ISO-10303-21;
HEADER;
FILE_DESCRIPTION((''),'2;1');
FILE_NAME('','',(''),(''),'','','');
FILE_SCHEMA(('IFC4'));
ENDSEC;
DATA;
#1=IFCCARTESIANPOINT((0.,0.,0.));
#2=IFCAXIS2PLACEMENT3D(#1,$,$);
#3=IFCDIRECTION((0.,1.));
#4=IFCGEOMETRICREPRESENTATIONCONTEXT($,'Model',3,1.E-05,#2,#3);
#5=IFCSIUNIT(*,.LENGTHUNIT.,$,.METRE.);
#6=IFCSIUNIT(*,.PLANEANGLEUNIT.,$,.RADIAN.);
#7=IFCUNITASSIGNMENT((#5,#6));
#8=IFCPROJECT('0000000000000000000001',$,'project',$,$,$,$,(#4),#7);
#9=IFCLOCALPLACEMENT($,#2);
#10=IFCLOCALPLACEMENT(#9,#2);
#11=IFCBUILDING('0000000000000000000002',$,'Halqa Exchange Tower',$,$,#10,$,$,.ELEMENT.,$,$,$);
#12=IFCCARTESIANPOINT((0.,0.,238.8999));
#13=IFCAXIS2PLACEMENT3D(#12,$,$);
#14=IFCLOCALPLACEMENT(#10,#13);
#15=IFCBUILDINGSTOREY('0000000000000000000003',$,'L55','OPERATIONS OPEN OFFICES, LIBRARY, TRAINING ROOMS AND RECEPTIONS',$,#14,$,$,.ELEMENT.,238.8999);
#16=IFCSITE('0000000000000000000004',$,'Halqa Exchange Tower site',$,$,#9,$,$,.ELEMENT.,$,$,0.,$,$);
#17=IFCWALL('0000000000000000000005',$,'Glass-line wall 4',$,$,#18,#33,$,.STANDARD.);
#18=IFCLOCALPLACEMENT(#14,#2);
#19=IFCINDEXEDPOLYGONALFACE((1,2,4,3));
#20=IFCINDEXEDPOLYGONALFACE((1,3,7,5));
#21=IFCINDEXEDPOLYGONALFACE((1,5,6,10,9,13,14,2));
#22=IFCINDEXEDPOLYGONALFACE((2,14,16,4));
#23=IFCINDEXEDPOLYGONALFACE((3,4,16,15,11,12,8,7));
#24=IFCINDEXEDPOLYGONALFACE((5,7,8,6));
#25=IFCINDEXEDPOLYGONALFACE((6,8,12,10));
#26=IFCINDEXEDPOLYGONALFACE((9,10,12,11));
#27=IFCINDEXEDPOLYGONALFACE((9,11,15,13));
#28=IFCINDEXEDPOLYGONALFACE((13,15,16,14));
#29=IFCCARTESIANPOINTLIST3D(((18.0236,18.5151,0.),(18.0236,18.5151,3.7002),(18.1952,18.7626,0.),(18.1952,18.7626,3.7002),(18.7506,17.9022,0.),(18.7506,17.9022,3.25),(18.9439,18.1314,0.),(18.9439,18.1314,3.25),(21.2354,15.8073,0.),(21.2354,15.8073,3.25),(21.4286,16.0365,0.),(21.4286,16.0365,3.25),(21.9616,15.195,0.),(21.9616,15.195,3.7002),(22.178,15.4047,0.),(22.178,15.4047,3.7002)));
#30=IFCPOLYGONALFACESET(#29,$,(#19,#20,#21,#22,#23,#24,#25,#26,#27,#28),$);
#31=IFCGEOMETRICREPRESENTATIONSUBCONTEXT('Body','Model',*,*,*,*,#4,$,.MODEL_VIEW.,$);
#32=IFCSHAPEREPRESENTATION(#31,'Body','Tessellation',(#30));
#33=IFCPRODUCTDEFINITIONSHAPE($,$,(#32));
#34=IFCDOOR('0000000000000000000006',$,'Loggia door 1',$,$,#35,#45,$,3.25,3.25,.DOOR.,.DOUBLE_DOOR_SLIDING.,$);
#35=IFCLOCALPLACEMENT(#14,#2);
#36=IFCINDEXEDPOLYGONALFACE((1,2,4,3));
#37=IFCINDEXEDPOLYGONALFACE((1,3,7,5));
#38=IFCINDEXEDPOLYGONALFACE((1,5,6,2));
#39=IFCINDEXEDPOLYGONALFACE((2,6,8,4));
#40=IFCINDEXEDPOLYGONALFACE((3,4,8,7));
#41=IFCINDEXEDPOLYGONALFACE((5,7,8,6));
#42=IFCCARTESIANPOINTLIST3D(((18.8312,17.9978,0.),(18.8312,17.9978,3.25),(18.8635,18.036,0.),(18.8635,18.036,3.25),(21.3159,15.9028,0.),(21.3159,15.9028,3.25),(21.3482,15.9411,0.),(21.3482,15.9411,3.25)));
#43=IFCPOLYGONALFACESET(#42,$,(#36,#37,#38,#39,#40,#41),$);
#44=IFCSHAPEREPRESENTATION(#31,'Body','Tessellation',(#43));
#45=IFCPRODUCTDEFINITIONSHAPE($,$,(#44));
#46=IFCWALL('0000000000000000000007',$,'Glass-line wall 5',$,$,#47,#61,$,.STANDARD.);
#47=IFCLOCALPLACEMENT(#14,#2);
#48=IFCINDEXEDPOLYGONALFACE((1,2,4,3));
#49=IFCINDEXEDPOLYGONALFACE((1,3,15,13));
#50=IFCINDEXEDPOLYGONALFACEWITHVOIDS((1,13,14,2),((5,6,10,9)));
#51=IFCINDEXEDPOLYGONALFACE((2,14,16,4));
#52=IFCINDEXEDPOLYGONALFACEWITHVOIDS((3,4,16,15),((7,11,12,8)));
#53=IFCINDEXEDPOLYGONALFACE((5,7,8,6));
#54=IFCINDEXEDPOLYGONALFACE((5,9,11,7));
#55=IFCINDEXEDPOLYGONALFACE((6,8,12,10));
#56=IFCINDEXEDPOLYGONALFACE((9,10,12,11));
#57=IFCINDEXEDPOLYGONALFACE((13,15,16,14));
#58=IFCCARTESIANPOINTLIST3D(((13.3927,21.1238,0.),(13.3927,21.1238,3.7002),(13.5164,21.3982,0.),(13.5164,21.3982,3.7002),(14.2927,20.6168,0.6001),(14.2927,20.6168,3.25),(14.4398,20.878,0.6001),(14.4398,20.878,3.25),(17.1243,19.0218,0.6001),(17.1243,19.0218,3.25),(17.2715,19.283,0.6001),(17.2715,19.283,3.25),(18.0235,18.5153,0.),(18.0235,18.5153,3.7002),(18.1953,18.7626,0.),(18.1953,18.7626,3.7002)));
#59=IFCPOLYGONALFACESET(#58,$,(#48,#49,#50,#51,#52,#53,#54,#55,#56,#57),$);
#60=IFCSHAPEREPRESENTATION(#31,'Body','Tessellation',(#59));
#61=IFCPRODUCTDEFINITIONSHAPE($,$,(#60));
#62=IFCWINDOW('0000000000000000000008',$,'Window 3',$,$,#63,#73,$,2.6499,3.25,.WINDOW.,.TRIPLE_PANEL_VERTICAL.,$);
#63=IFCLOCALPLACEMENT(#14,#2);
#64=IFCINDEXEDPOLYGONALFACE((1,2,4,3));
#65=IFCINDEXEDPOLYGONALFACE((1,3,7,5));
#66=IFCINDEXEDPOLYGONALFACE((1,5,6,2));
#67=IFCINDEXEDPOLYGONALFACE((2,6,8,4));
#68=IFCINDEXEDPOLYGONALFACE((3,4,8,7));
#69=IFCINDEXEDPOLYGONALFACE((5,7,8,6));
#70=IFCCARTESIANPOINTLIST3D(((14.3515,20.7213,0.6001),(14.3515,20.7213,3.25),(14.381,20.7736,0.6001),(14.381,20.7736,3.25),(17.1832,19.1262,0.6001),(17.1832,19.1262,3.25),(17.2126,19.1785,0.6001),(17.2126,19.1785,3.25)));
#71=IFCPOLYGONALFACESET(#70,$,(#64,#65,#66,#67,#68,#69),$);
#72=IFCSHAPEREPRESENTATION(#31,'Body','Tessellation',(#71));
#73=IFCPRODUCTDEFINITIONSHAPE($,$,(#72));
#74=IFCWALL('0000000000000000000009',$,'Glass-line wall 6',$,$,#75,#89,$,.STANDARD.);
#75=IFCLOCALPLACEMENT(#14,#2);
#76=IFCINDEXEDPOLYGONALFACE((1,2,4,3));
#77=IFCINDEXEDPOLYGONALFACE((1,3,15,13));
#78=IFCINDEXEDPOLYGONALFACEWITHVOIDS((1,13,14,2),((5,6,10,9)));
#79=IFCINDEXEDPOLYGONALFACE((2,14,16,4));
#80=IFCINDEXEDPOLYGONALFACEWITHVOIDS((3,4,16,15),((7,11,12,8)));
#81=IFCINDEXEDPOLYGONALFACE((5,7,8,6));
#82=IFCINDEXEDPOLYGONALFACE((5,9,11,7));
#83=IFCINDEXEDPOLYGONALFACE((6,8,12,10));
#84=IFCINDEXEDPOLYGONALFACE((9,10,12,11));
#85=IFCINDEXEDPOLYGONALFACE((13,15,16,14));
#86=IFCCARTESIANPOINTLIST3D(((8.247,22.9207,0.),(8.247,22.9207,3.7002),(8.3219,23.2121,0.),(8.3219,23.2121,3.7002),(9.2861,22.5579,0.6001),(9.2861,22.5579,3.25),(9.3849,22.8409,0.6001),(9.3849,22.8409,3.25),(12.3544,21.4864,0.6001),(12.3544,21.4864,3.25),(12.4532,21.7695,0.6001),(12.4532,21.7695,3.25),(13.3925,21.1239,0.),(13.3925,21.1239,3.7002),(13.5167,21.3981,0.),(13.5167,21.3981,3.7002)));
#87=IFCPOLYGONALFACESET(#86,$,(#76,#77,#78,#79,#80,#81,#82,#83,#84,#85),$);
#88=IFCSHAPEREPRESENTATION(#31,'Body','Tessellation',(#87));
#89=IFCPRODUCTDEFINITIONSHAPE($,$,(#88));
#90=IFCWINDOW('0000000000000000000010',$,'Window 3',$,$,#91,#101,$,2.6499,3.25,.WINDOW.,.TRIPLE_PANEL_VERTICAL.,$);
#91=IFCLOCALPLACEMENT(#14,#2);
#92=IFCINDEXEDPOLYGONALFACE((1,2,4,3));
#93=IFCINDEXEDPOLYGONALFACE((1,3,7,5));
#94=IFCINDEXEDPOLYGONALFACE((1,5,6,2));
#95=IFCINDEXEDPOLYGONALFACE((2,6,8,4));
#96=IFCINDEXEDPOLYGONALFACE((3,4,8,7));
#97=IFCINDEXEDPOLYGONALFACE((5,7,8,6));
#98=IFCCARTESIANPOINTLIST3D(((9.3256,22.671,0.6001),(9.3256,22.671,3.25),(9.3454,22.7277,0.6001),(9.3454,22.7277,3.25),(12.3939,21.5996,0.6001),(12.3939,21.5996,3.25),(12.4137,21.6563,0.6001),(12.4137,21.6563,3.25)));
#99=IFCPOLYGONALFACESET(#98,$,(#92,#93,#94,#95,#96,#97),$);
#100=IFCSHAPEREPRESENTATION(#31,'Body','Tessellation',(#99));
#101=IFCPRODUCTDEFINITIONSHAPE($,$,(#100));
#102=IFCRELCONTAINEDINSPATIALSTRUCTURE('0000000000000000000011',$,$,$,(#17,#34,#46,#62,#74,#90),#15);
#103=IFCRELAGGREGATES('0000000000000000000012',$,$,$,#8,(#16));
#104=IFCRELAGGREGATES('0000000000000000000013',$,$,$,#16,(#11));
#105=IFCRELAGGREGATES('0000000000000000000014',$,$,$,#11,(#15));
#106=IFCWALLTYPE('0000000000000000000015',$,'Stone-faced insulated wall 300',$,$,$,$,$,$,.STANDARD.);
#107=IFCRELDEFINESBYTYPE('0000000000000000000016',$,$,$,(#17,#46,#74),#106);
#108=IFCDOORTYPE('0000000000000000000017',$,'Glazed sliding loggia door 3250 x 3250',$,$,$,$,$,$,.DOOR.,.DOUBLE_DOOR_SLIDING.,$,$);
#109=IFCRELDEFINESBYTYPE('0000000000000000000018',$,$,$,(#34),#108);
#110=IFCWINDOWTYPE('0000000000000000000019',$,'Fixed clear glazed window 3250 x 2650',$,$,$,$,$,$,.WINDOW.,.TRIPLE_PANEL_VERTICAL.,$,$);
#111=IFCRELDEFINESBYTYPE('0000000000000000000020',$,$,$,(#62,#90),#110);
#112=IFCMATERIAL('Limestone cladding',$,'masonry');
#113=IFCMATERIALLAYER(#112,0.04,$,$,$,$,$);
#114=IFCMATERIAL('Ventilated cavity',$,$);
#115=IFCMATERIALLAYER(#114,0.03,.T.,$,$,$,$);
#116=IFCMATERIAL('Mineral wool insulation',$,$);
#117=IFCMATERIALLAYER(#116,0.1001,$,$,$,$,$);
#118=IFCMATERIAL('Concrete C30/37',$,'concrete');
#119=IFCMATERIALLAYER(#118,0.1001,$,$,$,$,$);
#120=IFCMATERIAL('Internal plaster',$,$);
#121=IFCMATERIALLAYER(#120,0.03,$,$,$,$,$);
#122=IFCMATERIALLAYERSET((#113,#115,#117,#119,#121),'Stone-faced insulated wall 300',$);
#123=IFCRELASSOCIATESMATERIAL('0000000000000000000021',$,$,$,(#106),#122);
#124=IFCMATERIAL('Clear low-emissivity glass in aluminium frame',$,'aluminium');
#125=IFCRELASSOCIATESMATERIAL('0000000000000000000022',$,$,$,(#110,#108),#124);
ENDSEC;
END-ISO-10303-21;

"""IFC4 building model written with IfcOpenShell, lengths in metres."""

from ifc_helpers import new_model, si_unit, direction, frame, frame_2d, origin, place, context, subcontext, project, spatial, polyline, rectangle, outline, extrude, material, layer, layer_set, type_object, element, fill, save


model = new_model("IFC4")

# Units and contexts
model_context = context("Model", 3, precision=1e-05, world=origin(), true_north=direction((0.0, 1.0)))
body_context = subcontext(model_context, "Body", "Model", "MODEL_VIEW")
ifc_project = project(units=[si_unit("LENGTHUNIT", "METRE"), si_unit("PLANEANGLEUNIT", "RADIAN")], contexts=[model_context])

# Site, building, storey
site_placement = place(None, origin())
site = spatial("IfcSite", under=ifc_project, at=site_placement, Name="Halqa Exchange Tower site", CompositionType="ELEMENT", RefElevation=0.0)
building_placement = place(site_placement, origin())
building = spatial("IfcBuilding", under=site, at=building_placement, Name="Halqa Exchange Tower", CompositionType="ELEMENT")
storey_placement = place(building_placement, frame((0.0, 0.0, 238.8999)))
storey = spatial("IfcBuildingStorey", under=building, at=storey_placement, Name="L55", Description="OPERATIONS OPEN OFFICES, LIBRARY, TRAINING ROOMS AND RECEPTIONS", CompositionType="ELEMENT", Elevation=238.8999)

# Shared definitions
ifc_material_1 = material(Name="Limestone cladding", Category="masonry")
ifc_layer_1 = layer(ifc_material_1, 0.04)
ifc_material_2 = material(Name="Ventilated cavity")
ifc_layer_2 = layer(ifc_material_2, 0.03, ventilated=True)
ifc_material_3 = material(Name="Mineral wool insulation")
ifc_layer_3 = layer(ifc_material_3, 0.1001)
ifc_material_4 = material(Name="Concrete C30/37", Category="concrete")
ifc_layer_4 = layer(ifc_material_4, 0.1001)
ifc_material_5 = material(Name="Internal plaster")
ifc_layer_5 = layer(ifc_material_5, 0.03)
ifc_layer_set_1 = layer_set([ifc_layer_1, ifc_layer_2, ifc_layer_3, ifc_layer_4, ifc_layer_5], Name="Stone-faced insulated wall 300")
wall_type_1 = type_object("IfcWallType", Name="Stone-faced insulated wall 300", PredefinedType="STANDARD", material=ifc_layer_set_1)
ifc_material_6 = material(Name="Clear low-emissivity glass in aluminium frame", Category="aluminium")
window_type = type_object("IfcWindowType", Name="Fixed clear glazed window 3250 x 2650", PartitioningType="TRIPLE_PANEL_VERTICAL", PredefinedType="WINDOW", material=ifc_material_6)

# Wall, opening, door
wall_1_placement = place(storey_placement, frame((22.0698, 15.2998, 0.0), z_axis=(0.0, 0.0, 1.0), x_axis=(-0.764531, 0.644587, 0.0)))
wall_1 = element("IfcWall", 1, at=wall_1_placement, inside=storey, type_object=wall_type_1, Name="Glass-line wall 4", PredefinedType="STANDARD", context=body_context, shape_type="SweptSolid", body=[
    extrude(outline(polyline([(-0.0151, -0.1499), (5.1943, -0.1499), (5.166, 0.1499), (0.0151, 0.1499), (-0.0151, -0.1499)])), origin(), (0.0, 0.0, 1.0), 3.7002),
])
opening_1_placement = place(wall_1_placement, frame((0.9651, 0.0, 0.0)))
opening_1 = element("IfcOpeningElement", 2, at=opening_1_placement, cuts=wall_1, PredefinedType="OPENING", context=body_context, shape_type="SweptSolid", body=[
    extrude(rectangle(XDim=3.25, YDim=3.25, at=frame_2d((1.625, 1.625))), frame((0.0, 0.1621, 0.0), z_axis=(0.0, -1.0, 0.0), x_axis=(1.0, 0.0, 0.0)), (0.0, 0.0, 1.0), 0.324),
])
door_type = type_object("IfcDoorType", Name="Glazed sliding loggia door 3250 x 3250", OperationType="DOUBLE_DOOR_SLIDING", PredefinedType="DOOR", material=ifc_material_6)
door_placement = place(opening_1_placement, origin())
door = element("IfcDoor", 3, at=door_placement, inside=storey, type_object=door_type, Name="Loggia door 1", OperationType="DOUBLE_DOOR_SLIDING", OverallHeight=3.25, OverallWidth=3.25, PredefinedType="DOOR", context=body_context, shape_type="SweptSolid", body=[
    extrude(rectangle(XDim=3.25, YDim=3.25, at=frame_2d((1.625, 1.625))), frame((0.0, 0.0249, 0.0), z_axis=(0.0, -1.0, 0.0), x_axis=(1.0, 0.0, 0.0)), (0.0, 0.0, 1.0), 0.05),
])
fill(opening_1, door)

# Walls, openings, windows
wall_2_placement = place(storey_placement, frame((18.1094, 18.6389, 0.0), z_axis=(0.0, 0.0, 1.0), x_axis=(-0.871275, 0.490795, 0.0)))
wall_2 = element("IfcWall", 4, at=wall_2_placement, inside=storey, type_object=wall_type_1, Name="Glass-line wall 5", PredefinedType="STANDARD", context=body_context, shape_type="SweptSolid", body=[
    extrude(outline(polyline([(-0.0142, -0.1499), (5.356, -0.1499), (5.3291, 0.1499), (0.0142, 0.1499), (-0.0142, -0.1499)])), origin(), (0.0, 0.0, 1.0), 3.7002),
])
opening_2_placement = place(wall_2_placement, frame((1.0461, 0.0, 0.6001)))
opening_2 = element("IfcOpeningElement", 5, at=opening_2_placement, cuts=wall_2, PredefinedType="OPENING", context=body_context, shape_type="SweptSolid", body=[
    extrude(rectangle(XDim=3.25, YDim=2.6499, at=frame_2d((1.625, 1.325))), frame((0.0, 0.1621, 0.0), z_axis=(0.0, -1.0, 0.0), x_axis=(1.0, 0.0, 0.0)), (0.0, 0.0, 1.0), 0.324),
])
window_1_placement = place(opening_2_placement, origin())
window_1 = element("IfcWindow", 6, at=window_1_placement, inside=storey, type_object=window_type, Name="Window 3", OverallHeight=2.6499, OverallWidth=3.25, PartitioningType="TRIPLE_PANEL_VERTICAL", PredefinedType="WINDOW", context=body_context, shape_type="SweptSolid", body=[
    extrude(rectangle(XDim=3.25, YDim=2.6499, at=frame_2d((1.625, 1.325))), frame((0.0, 0.03, 0.0), z_axis=(0.0, -1.0, 0.0), x_axis=(1.0, 0.0, 0.0)), (0.0, 0.0, 1.0), 0.0601),
])
fill(opening_2, window_1)
wall_3_placement = place(storey_placement, frame((13.4546, 21.261, 0.0), z_axis=(0.0, 0.0, 1.0), x_axis=(-0.944094, 0.329677, 0.0)))
wall_3 = element("IfcWall", 7, at=wall_3_placement, inside=storey, type_object=wall_type_1, Name="Glass-line wall 6", PredefinedType="STANDARD", context=body_context, shape_type="SweptSolid", body=[
    extrude(outline(polyline([(-0.0134, -0.1499), (5.489, -0.1499), (5.4636, 0.1499), (0.0134, 0.1499), (-0.0134, -0.1499)])), origin(), (0.0, 0.0, 1.0), 3.7002),
])
opening_3_placement = place(wall_3_placement, frame((1.113, 0.0, 0.6001)))
opening_3 = element("IfcOpeningElement", 8, at=opening_3_placement, cuts=wall_3, PredefinedType="OPENING", context=body_context, shape_type="SweptSolid", body=[
    extrude(rectangle(XDim=3.25, YDim=2.6499, at=frame_2d((1.625, 1.325))), frame((0.0, 0.1621, 0.0), z_axis=(0.0, -1.0, 0.0), x_axis=(1.0, 0.0, 0.0)), (0.0, 0.0, 1.0), 0.324),
])
window_2_placement = place(opening_3_placement, origin())
window_2 = element("IfcWindow", 9, at=window_2_placement, inside=storey, type_object=window_type, Name="Window 3", OverallHeight=2.6499, OverallWidth=3.25, PartitioningType="TRIPLE_PANEL_VERTICAL", PredefinedType="WINDOW", context=body_context, shape_type="SweptSolid", body=[
    extrude(rectangle(XDim=3.25, YDim=2.6499, at=frame_2d((1.625, 1.325))), frame((0.0, 0.03, 0.0), z_axis=(0.0, -1.0, 0.0), x_axis=(1.0, 0.0, 0.0)), (0.0, 0.0, 1.0), 0.0601),
])
fill(opening_3, window_2)

save(model, "model.ifc")
